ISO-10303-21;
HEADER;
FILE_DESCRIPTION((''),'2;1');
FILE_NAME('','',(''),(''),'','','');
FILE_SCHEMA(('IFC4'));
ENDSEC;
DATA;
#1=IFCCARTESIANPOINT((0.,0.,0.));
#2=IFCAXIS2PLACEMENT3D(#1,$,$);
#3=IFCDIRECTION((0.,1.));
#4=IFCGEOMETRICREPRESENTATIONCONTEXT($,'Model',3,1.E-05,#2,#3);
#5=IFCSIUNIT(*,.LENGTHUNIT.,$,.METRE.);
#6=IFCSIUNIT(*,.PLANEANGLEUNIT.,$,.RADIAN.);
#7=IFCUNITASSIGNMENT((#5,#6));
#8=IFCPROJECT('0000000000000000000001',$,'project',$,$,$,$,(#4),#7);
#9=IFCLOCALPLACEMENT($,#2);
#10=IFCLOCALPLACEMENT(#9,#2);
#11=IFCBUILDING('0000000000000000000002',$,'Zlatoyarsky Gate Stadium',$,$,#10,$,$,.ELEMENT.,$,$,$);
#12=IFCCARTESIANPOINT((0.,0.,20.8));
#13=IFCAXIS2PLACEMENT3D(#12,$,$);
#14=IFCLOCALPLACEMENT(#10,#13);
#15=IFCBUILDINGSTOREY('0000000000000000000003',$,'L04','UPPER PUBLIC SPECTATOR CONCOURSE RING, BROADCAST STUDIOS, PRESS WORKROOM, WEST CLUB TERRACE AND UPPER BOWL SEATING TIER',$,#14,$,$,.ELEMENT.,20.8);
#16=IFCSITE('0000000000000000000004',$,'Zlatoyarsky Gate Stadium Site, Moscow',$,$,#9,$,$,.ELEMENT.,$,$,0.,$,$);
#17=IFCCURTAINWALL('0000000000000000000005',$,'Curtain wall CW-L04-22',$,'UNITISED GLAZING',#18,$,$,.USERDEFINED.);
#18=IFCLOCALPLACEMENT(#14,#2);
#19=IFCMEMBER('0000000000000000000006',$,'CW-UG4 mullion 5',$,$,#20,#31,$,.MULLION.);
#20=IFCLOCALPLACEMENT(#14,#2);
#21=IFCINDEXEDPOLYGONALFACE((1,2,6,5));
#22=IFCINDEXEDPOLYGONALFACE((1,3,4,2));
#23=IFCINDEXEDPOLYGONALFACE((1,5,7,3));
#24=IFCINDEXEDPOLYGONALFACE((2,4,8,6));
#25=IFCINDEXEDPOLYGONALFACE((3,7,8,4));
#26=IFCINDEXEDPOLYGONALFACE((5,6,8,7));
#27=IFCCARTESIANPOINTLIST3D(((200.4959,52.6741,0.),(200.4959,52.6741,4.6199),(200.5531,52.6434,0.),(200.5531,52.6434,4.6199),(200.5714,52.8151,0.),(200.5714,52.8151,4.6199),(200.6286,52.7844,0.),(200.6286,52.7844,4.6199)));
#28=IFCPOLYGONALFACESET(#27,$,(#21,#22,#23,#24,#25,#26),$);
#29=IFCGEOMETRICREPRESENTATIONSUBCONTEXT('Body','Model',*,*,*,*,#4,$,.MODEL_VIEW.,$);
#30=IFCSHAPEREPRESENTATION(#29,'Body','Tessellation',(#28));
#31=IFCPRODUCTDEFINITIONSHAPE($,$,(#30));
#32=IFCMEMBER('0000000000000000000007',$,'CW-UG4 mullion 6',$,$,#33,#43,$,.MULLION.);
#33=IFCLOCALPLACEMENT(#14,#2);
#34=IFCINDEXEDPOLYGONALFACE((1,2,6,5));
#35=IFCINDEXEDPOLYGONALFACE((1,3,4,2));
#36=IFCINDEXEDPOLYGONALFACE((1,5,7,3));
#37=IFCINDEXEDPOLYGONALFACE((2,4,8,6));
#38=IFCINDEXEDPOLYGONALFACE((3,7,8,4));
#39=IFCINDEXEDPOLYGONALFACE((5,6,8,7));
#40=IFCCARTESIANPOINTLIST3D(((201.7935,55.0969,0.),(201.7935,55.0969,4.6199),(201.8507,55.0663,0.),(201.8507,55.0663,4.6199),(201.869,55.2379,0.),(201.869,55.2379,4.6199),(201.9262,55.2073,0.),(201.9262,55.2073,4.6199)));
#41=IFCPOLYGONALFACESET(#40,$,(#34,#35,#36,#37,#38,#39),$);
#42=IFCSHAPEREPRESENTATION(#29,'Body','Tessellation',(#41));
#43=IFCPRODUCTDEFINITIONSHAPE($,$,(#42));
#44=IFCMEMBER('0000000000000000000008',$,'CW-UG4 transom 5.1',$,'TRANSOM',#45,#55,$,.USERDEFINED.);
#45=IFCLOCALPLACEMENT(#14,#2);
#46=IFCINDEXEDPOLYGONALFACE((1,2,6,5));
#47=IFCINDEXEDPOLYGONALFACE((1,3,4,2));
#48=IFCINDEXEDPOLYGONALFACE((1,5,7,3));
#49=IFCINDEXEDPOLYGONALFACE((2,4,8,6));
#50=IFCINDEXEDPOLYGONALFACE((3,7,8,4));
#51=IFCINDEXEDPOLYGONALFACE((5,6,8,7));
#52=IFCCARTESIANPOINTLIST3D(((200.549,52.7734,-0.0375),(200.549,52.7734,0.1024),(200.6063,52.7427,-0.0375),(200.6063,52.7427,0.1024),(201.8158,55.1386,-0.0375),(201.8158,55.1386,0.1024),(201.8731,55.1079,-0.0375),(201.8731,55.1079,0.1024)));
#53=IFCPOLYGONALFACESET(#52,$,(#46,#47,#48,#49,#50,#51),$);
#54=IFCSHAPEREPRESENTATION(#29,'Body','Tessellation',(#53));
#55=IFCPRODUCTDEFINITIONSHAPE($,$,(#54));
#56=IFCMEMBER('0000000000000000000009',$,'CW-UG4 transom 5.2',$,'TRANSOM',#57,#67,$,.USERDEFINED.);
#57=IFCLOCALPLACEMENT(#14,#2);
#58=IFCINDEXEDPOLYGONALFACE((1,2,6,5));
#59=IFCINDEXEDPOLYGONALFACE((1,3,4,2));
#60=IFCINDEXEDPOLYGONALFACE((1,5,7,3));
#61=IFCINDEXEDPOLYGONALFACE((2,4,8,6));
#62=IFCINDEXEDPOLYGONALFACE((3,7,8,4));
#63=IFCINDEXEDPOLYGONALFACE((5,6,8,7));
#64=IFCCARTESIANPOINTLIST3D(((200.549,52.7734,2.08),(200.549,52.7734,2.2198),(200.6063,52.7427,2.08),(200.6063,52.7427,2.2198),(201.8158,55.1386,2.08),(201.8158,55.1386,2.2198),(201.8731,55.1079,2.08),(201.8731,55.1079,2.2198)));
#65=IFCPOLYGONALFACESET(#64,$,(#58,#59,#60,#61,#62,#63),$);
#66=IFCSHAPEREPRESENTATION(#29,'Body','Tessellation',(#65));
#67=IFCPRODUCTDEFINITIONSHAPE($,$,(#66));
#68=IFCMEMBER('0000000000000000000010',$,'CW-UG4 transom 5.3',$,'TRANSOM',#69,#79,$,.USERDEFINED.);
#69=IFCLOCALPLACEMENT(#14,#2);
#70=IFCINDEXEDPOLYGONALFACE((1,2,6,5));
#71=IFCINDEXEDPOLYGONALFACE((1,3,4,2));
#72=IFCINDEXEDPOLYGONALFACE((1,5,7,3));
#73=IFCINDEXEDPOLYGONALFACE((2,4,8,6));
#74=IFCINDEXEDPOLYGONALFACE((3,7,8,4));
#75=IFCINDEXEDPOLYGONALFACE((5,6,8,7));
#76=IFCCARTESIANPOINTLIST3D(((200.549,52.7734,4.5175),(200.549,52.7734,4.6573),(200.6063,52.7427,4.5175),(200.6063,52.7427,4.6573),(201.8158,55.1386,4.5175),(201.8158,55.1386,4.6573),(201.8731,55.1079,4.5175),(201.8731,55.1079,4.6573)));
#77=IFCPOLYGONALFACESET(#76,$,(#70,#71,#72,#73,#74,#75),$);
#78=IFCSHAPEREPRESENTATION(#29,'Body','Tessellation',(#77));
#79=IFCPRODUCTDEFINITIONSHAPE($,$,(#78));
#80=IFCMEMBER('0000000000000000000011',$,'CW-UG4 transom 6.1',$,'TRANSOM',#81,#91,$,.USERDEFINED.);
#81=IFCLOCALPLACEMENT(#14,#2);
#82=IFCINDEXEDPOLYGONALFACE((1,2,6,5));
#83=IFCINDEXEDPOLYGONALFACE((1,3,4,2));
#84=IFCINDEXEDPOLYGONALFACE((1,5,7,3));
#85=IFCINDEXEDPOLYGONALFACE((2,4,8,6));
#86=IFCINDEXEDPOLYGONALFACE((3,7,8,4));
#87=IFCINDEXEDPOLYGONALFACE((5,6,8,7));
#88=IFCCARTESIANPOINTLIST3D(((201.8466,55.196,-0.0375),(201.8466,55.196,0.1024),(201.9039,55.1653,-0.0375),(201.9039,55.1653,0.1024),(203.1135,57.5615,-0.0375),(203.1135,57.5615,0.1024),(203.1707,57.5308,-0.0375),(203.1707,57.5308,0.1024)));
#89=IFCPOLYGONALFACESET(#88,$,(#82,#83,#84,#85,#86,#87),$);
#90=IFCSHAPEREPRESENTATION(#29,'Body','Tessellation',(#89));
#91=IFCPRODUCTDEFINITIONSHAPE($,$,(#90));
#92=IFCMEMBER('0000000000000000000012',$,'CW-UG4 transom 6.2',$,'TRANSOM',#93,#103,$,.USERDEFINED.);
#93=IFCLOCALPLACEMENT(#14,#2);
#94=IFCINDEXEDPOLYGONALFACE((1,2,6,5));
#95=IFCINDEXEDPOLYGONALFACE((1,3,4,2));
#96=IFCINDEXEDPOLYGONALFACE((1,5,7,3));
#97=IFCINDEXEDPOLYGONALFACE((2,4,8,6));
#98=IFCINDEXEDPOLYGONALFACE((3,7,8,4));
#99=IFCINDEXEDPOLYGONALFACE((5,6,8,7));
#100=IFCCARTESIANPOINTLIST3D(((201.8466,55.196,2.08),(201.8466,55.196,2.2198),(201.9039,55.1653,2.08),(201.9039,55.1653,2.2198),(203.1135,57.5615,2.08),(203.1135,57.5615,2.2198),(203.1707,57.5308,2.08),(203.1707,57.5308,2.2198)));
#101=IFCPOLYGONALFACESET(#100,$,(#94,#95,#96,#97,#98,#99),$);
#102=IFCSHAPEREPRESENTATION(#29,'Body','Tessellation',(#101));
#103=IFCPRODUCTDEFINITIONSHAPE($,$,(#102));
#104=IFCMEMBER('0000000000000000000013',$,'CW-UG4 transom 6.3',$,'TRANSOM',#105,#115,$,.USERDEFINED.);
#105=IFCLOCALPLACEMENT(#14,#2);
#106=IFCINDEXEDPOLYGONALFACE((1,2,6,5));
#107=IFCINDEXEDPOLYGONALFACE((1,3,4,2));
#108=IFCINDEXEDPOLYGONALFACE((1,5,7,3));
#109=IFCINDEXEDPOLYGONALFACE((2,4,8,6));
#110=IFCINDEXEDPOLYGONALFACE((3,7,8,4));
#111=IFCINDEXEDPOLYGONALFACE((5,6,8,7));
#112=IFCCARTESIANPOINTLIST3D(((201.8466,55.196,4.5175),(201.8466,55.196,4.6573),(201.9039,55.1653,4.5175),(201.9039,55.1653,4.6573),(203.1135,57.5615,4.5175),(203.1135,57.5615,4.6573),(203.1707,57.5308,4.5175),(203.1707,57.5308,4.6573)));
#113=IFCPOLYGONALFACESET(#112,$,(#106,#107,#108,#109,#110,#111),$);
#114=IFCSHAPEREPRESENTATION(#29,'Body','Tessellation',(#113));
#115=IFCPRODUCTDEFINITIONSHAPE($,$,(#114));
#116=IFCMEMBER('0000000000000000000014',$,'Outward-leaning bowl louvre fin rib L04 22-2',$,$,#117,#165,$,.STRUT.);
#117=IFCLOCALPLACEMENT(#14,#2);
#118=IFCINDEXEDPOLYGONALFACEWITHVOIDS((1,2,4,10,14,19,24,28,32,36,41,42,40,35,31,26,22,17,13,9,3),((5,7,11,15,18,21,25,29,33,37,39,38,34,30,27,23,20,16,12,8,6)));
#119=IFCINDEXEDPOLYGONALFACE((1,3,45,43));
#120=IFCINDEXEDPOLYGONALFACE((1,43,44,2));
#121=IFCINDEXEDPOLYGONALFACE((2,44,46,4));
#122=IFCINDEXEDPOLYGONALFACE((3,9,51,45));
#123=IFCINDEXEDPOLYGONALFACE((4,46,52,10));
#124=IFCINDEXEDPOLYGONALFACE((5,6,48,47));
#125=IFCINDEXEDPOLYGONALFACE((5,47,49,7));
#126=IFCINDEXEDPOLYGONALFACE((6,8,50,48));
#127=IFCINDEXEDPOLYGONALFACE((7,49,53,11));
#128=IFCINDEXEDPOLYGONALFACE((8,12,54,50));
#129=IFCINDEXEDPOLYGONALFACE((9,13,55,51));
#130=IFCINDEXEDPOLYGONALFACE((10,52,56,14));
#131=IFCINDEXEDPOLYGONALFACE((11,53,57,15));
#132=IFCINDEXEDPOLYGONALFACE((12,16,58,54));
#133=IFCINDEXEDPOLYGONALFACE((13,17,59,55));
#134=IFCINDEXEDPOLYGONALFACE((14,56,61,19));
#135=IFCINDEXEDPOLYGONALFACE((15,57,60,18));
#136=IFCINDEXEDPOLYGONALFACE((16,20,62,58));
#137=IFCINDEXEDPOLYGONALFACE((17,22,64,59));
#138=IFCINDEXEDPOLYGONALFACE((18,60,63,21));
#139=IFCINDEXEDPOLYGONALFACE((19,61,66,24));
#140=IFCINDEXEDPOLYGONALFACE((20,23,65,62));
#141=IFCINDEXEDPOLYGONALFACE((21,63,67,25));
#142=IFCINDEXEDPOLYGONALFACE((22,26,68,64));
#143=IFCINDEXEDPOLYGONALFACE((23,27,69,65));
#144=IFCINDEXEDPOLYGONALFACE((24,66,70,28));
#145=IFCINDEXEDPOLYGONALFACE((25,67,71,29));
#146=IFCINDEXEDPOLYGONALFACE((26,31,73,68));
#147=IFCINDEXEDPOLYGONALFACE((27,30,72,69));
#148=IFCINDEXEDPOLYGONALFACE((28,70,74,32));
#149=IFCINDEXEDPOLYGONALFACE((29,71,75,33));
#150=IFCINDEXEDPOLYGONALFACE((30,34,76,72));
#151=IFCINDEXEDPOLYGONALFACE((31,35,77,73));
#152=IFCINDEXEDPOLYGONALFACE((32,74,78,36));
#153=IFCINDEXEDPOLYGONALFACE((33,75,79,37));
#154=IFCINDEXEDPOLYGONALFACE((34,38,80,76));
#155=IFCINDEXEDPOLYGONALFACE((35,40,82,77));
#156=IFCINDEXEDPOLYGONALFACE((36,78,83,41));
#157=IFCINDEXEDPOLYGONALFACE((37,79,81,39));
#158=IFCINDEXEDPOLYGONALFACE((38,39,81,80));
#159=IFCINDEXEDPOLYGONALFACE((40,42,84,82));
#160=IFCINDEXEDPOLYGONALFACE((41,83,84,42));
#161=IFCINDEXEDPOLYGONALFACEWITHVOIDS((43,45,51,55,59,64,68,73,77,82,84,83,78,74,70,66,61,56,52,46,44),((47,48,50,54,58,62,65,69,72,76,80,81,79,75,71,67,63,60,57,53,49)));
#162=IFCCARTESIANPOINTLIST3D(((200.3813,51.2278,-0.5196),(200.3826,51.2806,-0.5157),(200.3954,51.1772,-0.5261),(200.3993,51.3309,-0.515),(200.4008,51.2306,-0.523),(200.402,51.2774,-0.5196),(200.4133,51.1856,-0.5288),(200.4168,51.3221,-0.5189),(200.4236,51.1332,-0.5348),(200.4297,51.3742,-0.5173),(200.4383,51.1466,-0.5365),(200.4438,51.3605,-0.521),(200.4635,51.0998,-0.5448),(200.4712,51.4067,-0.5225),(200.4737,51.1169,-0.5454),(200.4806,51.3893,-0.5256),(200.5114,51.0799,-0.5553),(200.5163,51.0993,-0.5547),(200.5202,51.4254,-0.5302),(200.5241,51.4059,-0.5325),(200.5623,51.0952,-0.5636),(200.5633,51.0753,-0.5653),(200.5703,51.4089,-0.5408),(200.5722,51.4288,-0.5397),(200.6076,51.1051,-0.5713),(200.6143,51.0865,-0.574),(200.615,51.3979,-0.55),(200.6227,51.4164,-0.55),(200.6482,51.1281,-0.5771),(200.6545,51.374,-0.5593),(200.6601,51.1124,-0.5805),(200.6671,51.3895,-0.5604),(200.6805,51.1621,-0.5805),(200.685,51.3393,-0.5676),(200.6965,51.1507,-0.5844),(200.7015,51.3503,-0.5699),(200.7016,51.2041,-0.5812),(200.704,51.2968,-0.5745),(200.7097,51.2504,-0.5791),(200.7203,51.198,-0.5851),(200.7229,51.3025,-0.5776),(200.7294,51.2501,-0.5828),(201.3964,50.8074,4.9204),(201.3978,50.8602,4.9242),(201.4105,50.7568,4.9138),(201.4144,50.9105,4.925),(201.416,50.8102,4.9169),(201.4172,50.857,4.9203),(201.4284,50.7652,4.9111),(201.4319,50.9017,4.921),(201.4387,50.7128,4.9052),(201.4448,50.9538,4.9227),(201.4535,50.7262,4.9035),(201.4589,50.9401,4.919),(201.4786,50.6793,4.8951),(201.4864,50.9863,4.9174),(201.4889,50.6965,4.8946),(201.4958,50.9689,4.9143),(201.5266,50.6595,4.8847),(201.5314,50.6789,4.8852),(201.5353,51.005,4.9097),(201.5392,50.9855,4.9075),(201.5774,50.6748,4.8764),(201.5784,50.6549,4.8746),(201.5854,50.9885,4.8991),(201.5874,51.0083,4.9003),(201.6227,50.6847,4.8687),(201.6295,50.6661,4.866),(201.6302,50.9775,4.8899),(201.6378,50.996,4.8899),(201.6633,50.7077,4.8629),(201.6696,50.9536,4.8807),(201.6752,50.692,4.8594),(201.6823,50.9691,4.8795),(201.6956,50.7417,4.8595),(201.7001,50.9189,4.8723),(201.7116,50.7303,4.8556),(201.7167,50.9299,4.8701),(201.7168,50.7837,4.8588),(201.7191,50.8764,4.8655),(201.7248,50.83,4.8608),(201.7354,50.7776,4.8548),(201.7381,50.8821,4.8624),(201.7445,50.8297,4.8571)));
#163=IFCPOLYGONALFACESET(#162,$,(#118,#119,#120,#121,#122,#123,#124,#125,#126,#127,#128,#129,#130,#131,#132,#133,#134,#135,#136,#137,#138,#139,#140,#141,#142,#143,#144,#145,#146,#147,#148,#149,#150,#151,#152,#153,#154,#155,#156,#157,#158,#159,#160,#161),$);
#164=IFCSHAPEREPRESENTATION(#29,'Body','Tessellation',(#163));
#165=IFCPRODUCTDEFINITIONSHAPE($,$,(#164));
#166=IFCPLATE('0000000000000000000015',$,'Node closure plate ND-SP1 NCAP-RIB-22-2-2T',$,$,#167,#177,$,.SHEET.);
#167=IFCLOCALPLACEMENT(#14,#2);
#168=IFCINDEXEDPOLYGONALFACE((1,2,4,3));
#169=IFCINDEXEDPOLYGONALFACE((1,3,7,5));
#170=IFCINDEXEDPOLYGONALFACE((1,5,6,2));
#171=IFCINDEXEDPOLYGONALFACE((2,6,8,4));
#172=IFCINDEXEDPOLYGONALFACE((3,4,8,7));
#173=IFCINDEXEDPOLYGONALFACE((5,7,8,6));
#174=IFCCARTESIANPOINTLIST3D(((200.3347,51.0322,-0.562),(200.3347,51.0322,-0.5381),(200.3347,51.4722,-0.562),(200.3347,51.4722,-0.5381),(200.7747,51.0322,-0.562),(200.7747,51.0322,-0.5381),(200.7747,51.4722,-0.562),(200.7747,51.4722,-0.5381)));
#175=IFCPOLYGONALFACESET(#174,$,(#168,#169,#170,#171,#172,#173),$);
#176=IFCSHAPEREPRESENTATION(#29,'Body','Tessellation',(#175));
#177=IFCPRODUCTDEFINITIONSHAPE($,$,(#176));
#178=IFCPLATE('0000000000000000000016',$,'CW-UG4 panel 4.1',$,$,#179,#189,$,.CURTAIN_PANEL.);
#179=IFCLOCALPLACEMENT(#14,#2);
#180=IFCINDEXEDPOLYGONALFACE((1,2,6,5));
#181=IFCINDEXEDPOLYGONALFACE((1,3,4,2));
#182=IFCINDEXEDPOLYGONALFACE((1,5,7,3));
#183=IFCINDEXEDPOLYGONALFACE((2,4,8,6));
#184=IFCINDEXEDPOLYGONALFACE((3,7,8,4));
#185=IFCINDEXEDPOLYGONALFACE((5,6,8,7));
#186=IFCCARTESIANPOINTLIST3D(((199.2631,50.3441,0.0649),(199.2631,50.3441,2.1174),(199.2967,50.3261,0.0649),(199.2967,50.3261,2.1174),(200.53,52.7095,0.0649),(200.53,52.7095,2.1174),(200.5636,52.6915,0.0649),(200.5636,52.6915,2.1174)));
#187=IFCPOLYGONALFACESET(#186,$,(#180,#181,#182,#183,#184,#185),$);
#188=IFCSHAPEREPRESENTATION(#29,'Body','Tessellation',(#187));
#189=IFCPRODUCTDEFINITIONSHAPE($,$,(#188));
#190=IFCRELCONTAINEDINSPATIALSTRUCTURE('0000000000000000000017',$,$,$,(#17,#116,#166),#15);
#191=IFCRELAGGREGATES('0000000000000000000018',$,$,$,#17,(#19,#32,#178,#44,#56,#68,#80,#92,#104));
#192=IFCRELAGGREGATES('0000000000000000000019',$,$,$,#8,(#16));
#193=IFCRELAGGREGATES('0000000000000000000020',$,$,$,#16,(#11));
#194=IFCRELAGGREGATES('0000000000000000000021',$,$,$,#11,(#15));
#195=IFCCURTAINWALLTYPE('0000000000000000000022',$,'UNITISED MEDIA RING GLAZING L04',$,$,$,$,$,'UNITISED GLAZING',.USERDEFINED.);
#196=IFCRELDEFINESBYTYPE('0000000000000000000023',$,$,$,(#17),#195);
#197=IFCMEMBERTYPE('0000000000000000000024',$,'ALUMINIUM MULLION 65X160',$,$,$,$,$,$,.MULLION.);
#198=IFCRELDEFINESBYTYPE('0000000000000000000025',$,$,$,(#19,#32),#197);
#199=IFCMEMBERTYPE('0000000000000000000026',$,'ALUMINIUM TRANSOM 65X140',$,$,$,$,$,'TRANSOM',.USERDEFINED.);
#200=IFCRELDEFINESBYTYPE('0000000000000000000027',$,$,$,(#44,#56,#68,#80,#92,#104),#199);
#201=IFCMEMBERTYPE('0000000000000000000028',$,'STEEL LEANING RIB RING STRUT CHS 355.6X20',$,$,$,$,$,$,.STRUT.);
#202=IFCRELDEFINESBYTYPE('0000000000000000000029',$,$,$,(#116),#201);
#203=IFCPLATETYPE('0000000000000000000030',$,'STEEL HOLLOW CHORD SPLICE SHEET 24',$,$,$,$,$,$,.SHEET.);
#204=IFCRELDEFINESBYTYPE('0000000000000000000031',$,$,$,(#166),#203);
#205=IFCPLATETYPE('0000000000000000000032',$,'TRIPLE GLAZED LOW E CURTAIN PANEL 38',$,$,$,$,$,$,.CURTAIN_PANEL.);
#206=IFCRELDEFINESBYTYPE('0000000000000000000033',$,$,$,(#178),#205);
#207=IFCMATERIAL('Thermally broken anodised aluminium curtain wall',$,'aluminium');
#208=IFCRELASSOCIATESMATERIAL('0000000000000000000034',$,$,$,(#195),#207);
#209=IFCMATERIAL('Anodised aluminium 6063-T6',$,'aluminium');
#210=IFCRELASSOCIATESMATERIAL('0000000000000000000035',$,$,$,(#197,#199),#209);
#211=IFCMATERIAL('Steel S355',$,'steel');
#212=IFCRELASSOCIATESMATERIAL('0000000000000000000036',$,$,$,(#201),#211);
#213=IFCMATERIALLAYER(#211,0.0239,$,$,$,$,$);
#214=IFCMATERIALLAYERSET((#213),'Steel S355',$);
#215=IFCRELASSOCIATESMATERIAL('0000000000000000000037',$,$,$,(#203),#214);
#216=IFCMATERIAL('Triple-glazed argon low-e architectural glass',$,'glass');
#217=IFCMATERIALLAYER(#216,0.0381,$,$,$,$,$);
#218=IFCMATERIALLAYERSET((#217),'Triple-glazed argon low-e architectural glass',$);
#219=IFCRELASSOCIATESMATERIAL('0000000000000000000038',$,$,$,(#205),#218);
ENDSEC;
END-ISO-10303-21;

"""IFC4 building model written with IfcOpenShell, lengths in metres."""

from ifc_helpers import new_model, si_unit, direction, frame, origin, origin_2d, place, context, subcontext, project, spatial, rectangle, hollow_circle, extrude, material, layer, layer_set, material_profile, profile_set, type_object, element, aggregate, save


model = new_model("IFC4")

# Units and contexts
model_context = context("Model", 3, precision=1e-05, world=origin(), true_north=direction((0.0, 1.0)))
body_context = subcontext(model_context, "Body", "Model", "MODEL_VIEW")
ifc_project = project(units=[si_unit("LENGTHUNIT", "METRE"), si_unit("PLANEANGLEUNIT", "RADIAN")], contexts=[model_context])

# Site, building, storey
site_placement = place(None, origin())
site = spatial("IfcSite", under=ifc_project, at=site_placement, Name="Zlatoyarsky Gate Stadium Site, Moscow", CompositionType="ELEMENT", RefElevation=0.0)
building_placement = place(site_placement, origin())
building = spatial("IfcBuilding", under=site, at=building_placement, Name="Zlatoyarsky Gate Stadium", CompositionType="ELEMENT")
storey_placement = place(building_placement, frame((0.0, 0.0, 20.8)))
storey = spatial("IfcBuildingStorey", under=building, at=storey_placement, Name="L04", Description="UPPER PUBLIC SPECTATOR CONCOURSE RING, BROADCAST STUDIOS, PRESS WORKROOM, WEST CLUB TERRACE AND UPPER BOWL SEATING TIER", CompositionType="ELEMENT", Elevation=20.8)

# Curtain wall, members
ifc_material_1 = material(Name="Thermally broken anodised aluminium curtain wall", Category="aluminium")
curtain_wall_type = type_object("IfcCurtainWallType", Name="UNITISED MEDIA RING GLAZING L04", ElementType="UNITISED GLAZING", PredefinedType="USERDEFINED", material=ifc_material_1)
curtain_wall_placement = place(storey_placement, origin())
curtain_wall = element("IfcCurtainWall", 1, at=curtain_wall_placement, inside=storey, type_object=curtain_wall_type, Name="Curtain wall CW-L04-22", ObjectType="UNITISED GLAZING", PredefinedType="USERDEFINED")
ifc_material_2 = material(Name="Anodised aluminium 6063-T6", Category="aluminium")
ifc_material_profile_1 = material_profile(ifc_material_2, rectangle(XDim=0.0649, YDim=0.1599, at=origin_2d()), Name="ALU 65X160")
ifc_profile_set_1 = profile_set([ifc_material_profile_1], Name="Anodised aluminium 6063-T6")
member_type_1 = type_object("IfcMemberType", Name="ALUMINIUM MULLION 65X160", PredefinedType="MULLION", material=ifc_profile_set_1)
member_1_placement = place(storey_placement, frame((200.5623, 52.7292, 0.0), z_axis=(0.0, 0.0, 1.0), x_axis=(-0.881521, 0.472145, 0.0)))
member_1 = element("IfcMember", 2, at=member_1_placement, type_object=member_type_1, Name="CW-UG4 mullion 5", PredefinedType="MULLION", context=body_context, shape_type="SweptSolid", body=[
    extrude(rectangle(XDim=0.0649, YDim=0.1599, at=origin_2d()), origin(), (0.0, 0.0, 1.0), 4.6199),
])
member_2_placement = place(storey_placement, frame((201.8599, 55.1521, 0.0), z_axis=(0.0, 0.0, 1.0), x_axis=(-0.881521, 0.472145, 0.0)))
member_2 = element("IfcMember", 3, at=member_2_placement, type_object=member_type_1, Name="CW-UG4 mullion 6", PredefinedType="MULLION", context=body_context, shape_type="SweptSolid", body=[
    extrude(rectangle(XDim=0.0649, YDim=0.1599, at=origin_2d()), origin(), (0.0, 0.0, 1.0), 4.6199),
])
ifc_material_profile_2 = material_profile(ifc_material_2, rectangle(XDim=0.0649, YDim=0.1399, at=origin_2d()), Name="ALU 65X140")
ifc_profile_set_2 = profile_set([ifc_material_profile_2], Name="Anodised aluminium 6063-T6")
member_type_2 = type_object("IfcMemberType", Name="ALUMINIUM TRANSOM 65X140", ElementType="TRANSOM", PredefinedType="USERDEFINED", material=ifc_profile_set_2)
member_3_placement = place(storey_placement, frame((200.5776, 52.7581, 0.0325), z_axis=(0.472151, 0.881518, 0.0), x_axis=(-0.881518, 0.472151, 0.0)))
member_3 = element("IfcMember", 4, at=member_3_placement, type_object=member_type_2, Name="CW-UG4 transom 5.1", ObjectType="TRANSOM", PredefinedType="USERDEFINED", context=body_context, shape_type="SweptSolid", body=[
    extrude(rectangle(XDim=0.0649, YDim=0.1399, at=origin_2d()), origin(), (0.0, 0.0, 1.0), 2.6831),
])
member_4_placement = place(storey_placement, frame((200.5776, 52.7581, 2.1499), z_axis=(0.472151, 0.881518, 0.0), x_axis=(-0.881518, 0.472151, 0.0)))
member_4 = element("IfcMember", 5, at=member_4_placement, type_object=member_type_2, Name="CW-UG4 transom 5.2", ObjectType="TRANSOM", PredefinedType="USERDEFINED", context=body_context, shape_type="SweptSolid", body=[
    extrude(rectangle(XDim=0.0649, YDim=0.1399, at=origin_2d()), origin(), (0.0, 0.0, 1.0), 2.6831),
])
member_5_placement = place(storey_placement, frame((200.5776, 52.7581, 4.5874), z_axis=(0.472151, 0.881518, 0.0), x_axis=(-0.881518, 0.472151, 0.0)))
member_5 = element("IfcMember", 6, at=member_5_placement, type_object=member_type_2, Name="CW-UG4 transom 5.3", ObjectType="TRANSOM", PredefinedType="USERDEFINED", context=body_context, shape_type="SweptSolid", body=[
    extrude(rectangle(XDim=0.0649, YDim=0.1399, at=origin_2d()), origin(), (0.0, 0.0, 1.0), 2.6831),
])
member_6_placement = place(storey_placement, frame((201.8752, 55.1807, 0.0325), z_axis=(0.472113, 0.881538, 0.0), x_axis=(-0.881538, 0.472113, 0.0)))
member_6 = element("IfcMember", 7, at=member_6_placement, type_object=member_type_2, Name="CW-UG4 transom 6.1", ObjectType="TRANSOM", PredefinedType="USERDEFINED", context=body_context, shape_type="SweptSolid", body=[
    extrude(rectangle(XDim=0.0649, YDim=0.1399, at=origin_2d()), origin(), (0.0, 0.0, 1.0), 2.6833),
])
member_7_placement = place(storey_placement, frame((201.8752, 55.1807, 2.1499), z_axis=(0.472113, 0.881538, 0.0), x_axis=(-0.881538, 0.472113, 0.0)))
member_7 = element("IfcMember", 8, at=member_7_placement, type_object=member_type_2, Name="CW-UG4 transom 6.2", ObjectType="TRANSOM", PredefinedType="USERDEFINED", context=body_context, shape_type="SweptSolid", body=[
    extrude(rectangle(XDim=0.0649, YDim=0.1399, at=origin_2d()), origin(), (0.0, 0.0, 1.0), 2.6833),
])
member_8_placement = place(storey_placement, frame((201.8752, 55.1807, 4.5874), z_axis=(0.472113, 0.881538, 0.0), x_axis=(-0.881538, 0.472113, 0.0)))
member_8 = element("IfcMember", 9, at=member_8_placement, type_object=member_type_2, Name="CW-UG4 transom 6.3", ObjectType="TRANSOM", PredefinedType="USERDEFINED", context=body_context, shape_type="SweptSolid", body=[
    extrude(rectangle(XDim=0.0649, YDim=0.1399, at=origin_2d()), origin(), (0.0, 0.0, 1.0), 2.6833),
])

# Member
ifc_material_3 = material(Name="Steel S355", Category="steel")
ifc_material_profile_3 = material_profile(ifc_material_3, hollow_circle(Radius=0.1777, WallThickness=0.02, at=origin_2d()), Name="CHS 355.6X20")
ifc_profile_set_3 = profile_set([ifc_material_profile_3], Name="Steel S355")
member_type_3 = type_object("IfcMemberType", Name="STEEL LEANING RIB RING STRUT CHS 355.6X20", PredefinedType="STRUT", material=ifc_profile_set_3)
member_9_placement = place(storey_placement, frame((200.5547, 51.2522, -0.55), z_axis=(0.182914, -0.075752, 0.980206), x_axis=(0.382627, 0.923903, 0.0)))
element("IfcMember", 10, at=member_9_placement, inside=storey, type_object=member_type_3, Name="Outward-leaning bowl louvre fin rib L04 22-2", PredefinedType="STRUT", context=body_context, shape_type="SweptSolid", body=[
    extrude(hollow_circle(Radius=0.1777, WallThickness=0.02, at=origin_2d()), origin(), (0.0, 0.0, 1.0), 5.5498),
])

# Plates
ifc_layer_1 = layer(ifc_material_3, 0.0239)
ifc_layer_set_1 = layer_set([ifc_layer_1], Name="Steel S355")
plate_type_1 = type_object("IfcPlateType", Name="STEEL HOLLOW CHORD SPLICE SHEET 24", PredefinedType="SHEET", material=ifc_layer_set_1)
plate_1_placement = place(storey_placement, frame((200.5547, 51.2522, -0.562), z_axis=(0.0, 0.0, 1.0), x_axis=(1.0, 0.0, 0.0)))
element("IfcPlate", 11, at=plate_1_placement, inside=storey, type_object=plate_type_1, Name="Node closure plate ND-SP1 NCAP-RIB-22-2-2T", PredefinedType="SHEET", context=body_context, shape_type="SweptSolid", body=[
    extrude(rectangle(XDim=0.4399, YDim=0.4399, at=origin_2d()), origin(), (0.0, 0.0, 1.0), 0.0239),
])
ifc_material_4 = material(Name="Triple-glazed argon low-e architectural glass", Category="glass")
ifc_layer_2 = layer(ifc_material_4, 0.0381)
ifc_layer_set_2 = layer_set([ifc_layer_2], Name="Triple-glazed argon low-e architectural glass")
plate_type_2 = type_object("IfcPlateType", Name="TRIPLE GLAZED LOW E CURTAIN PANEL 38", PredefinedType="CURTAIN_PANEL", material=ifc_layer_set_2)
plate_2_placement = place(storey_placement, frame((199.9133, 51.5178, 0.0649), z_axis=(0.0, 0.0, 1.0), x_axis=(0.472145, 0.881521, 0.0)))
plate_2 = element("IfcPlate", 12, at=plate_2_placement, type_object=plate_type_2, Name="CW-UG4 panel 4.1", PredefinedType="CURTAIN_PANEL", context=body_context, shape_type="SweptSolid", body=[
    extrude(rectangle(XDim=2.6833, YDim=0.0381, at=origin_2d()), origin(), (0.0, 0.0, 1.0), 2.0525),
])
aggregate(curtain_wall, [member_1, member_2, plate_2, member_3, member_4, member_5, member_6, member_7, member_8])

save(model, "model.ifc")
